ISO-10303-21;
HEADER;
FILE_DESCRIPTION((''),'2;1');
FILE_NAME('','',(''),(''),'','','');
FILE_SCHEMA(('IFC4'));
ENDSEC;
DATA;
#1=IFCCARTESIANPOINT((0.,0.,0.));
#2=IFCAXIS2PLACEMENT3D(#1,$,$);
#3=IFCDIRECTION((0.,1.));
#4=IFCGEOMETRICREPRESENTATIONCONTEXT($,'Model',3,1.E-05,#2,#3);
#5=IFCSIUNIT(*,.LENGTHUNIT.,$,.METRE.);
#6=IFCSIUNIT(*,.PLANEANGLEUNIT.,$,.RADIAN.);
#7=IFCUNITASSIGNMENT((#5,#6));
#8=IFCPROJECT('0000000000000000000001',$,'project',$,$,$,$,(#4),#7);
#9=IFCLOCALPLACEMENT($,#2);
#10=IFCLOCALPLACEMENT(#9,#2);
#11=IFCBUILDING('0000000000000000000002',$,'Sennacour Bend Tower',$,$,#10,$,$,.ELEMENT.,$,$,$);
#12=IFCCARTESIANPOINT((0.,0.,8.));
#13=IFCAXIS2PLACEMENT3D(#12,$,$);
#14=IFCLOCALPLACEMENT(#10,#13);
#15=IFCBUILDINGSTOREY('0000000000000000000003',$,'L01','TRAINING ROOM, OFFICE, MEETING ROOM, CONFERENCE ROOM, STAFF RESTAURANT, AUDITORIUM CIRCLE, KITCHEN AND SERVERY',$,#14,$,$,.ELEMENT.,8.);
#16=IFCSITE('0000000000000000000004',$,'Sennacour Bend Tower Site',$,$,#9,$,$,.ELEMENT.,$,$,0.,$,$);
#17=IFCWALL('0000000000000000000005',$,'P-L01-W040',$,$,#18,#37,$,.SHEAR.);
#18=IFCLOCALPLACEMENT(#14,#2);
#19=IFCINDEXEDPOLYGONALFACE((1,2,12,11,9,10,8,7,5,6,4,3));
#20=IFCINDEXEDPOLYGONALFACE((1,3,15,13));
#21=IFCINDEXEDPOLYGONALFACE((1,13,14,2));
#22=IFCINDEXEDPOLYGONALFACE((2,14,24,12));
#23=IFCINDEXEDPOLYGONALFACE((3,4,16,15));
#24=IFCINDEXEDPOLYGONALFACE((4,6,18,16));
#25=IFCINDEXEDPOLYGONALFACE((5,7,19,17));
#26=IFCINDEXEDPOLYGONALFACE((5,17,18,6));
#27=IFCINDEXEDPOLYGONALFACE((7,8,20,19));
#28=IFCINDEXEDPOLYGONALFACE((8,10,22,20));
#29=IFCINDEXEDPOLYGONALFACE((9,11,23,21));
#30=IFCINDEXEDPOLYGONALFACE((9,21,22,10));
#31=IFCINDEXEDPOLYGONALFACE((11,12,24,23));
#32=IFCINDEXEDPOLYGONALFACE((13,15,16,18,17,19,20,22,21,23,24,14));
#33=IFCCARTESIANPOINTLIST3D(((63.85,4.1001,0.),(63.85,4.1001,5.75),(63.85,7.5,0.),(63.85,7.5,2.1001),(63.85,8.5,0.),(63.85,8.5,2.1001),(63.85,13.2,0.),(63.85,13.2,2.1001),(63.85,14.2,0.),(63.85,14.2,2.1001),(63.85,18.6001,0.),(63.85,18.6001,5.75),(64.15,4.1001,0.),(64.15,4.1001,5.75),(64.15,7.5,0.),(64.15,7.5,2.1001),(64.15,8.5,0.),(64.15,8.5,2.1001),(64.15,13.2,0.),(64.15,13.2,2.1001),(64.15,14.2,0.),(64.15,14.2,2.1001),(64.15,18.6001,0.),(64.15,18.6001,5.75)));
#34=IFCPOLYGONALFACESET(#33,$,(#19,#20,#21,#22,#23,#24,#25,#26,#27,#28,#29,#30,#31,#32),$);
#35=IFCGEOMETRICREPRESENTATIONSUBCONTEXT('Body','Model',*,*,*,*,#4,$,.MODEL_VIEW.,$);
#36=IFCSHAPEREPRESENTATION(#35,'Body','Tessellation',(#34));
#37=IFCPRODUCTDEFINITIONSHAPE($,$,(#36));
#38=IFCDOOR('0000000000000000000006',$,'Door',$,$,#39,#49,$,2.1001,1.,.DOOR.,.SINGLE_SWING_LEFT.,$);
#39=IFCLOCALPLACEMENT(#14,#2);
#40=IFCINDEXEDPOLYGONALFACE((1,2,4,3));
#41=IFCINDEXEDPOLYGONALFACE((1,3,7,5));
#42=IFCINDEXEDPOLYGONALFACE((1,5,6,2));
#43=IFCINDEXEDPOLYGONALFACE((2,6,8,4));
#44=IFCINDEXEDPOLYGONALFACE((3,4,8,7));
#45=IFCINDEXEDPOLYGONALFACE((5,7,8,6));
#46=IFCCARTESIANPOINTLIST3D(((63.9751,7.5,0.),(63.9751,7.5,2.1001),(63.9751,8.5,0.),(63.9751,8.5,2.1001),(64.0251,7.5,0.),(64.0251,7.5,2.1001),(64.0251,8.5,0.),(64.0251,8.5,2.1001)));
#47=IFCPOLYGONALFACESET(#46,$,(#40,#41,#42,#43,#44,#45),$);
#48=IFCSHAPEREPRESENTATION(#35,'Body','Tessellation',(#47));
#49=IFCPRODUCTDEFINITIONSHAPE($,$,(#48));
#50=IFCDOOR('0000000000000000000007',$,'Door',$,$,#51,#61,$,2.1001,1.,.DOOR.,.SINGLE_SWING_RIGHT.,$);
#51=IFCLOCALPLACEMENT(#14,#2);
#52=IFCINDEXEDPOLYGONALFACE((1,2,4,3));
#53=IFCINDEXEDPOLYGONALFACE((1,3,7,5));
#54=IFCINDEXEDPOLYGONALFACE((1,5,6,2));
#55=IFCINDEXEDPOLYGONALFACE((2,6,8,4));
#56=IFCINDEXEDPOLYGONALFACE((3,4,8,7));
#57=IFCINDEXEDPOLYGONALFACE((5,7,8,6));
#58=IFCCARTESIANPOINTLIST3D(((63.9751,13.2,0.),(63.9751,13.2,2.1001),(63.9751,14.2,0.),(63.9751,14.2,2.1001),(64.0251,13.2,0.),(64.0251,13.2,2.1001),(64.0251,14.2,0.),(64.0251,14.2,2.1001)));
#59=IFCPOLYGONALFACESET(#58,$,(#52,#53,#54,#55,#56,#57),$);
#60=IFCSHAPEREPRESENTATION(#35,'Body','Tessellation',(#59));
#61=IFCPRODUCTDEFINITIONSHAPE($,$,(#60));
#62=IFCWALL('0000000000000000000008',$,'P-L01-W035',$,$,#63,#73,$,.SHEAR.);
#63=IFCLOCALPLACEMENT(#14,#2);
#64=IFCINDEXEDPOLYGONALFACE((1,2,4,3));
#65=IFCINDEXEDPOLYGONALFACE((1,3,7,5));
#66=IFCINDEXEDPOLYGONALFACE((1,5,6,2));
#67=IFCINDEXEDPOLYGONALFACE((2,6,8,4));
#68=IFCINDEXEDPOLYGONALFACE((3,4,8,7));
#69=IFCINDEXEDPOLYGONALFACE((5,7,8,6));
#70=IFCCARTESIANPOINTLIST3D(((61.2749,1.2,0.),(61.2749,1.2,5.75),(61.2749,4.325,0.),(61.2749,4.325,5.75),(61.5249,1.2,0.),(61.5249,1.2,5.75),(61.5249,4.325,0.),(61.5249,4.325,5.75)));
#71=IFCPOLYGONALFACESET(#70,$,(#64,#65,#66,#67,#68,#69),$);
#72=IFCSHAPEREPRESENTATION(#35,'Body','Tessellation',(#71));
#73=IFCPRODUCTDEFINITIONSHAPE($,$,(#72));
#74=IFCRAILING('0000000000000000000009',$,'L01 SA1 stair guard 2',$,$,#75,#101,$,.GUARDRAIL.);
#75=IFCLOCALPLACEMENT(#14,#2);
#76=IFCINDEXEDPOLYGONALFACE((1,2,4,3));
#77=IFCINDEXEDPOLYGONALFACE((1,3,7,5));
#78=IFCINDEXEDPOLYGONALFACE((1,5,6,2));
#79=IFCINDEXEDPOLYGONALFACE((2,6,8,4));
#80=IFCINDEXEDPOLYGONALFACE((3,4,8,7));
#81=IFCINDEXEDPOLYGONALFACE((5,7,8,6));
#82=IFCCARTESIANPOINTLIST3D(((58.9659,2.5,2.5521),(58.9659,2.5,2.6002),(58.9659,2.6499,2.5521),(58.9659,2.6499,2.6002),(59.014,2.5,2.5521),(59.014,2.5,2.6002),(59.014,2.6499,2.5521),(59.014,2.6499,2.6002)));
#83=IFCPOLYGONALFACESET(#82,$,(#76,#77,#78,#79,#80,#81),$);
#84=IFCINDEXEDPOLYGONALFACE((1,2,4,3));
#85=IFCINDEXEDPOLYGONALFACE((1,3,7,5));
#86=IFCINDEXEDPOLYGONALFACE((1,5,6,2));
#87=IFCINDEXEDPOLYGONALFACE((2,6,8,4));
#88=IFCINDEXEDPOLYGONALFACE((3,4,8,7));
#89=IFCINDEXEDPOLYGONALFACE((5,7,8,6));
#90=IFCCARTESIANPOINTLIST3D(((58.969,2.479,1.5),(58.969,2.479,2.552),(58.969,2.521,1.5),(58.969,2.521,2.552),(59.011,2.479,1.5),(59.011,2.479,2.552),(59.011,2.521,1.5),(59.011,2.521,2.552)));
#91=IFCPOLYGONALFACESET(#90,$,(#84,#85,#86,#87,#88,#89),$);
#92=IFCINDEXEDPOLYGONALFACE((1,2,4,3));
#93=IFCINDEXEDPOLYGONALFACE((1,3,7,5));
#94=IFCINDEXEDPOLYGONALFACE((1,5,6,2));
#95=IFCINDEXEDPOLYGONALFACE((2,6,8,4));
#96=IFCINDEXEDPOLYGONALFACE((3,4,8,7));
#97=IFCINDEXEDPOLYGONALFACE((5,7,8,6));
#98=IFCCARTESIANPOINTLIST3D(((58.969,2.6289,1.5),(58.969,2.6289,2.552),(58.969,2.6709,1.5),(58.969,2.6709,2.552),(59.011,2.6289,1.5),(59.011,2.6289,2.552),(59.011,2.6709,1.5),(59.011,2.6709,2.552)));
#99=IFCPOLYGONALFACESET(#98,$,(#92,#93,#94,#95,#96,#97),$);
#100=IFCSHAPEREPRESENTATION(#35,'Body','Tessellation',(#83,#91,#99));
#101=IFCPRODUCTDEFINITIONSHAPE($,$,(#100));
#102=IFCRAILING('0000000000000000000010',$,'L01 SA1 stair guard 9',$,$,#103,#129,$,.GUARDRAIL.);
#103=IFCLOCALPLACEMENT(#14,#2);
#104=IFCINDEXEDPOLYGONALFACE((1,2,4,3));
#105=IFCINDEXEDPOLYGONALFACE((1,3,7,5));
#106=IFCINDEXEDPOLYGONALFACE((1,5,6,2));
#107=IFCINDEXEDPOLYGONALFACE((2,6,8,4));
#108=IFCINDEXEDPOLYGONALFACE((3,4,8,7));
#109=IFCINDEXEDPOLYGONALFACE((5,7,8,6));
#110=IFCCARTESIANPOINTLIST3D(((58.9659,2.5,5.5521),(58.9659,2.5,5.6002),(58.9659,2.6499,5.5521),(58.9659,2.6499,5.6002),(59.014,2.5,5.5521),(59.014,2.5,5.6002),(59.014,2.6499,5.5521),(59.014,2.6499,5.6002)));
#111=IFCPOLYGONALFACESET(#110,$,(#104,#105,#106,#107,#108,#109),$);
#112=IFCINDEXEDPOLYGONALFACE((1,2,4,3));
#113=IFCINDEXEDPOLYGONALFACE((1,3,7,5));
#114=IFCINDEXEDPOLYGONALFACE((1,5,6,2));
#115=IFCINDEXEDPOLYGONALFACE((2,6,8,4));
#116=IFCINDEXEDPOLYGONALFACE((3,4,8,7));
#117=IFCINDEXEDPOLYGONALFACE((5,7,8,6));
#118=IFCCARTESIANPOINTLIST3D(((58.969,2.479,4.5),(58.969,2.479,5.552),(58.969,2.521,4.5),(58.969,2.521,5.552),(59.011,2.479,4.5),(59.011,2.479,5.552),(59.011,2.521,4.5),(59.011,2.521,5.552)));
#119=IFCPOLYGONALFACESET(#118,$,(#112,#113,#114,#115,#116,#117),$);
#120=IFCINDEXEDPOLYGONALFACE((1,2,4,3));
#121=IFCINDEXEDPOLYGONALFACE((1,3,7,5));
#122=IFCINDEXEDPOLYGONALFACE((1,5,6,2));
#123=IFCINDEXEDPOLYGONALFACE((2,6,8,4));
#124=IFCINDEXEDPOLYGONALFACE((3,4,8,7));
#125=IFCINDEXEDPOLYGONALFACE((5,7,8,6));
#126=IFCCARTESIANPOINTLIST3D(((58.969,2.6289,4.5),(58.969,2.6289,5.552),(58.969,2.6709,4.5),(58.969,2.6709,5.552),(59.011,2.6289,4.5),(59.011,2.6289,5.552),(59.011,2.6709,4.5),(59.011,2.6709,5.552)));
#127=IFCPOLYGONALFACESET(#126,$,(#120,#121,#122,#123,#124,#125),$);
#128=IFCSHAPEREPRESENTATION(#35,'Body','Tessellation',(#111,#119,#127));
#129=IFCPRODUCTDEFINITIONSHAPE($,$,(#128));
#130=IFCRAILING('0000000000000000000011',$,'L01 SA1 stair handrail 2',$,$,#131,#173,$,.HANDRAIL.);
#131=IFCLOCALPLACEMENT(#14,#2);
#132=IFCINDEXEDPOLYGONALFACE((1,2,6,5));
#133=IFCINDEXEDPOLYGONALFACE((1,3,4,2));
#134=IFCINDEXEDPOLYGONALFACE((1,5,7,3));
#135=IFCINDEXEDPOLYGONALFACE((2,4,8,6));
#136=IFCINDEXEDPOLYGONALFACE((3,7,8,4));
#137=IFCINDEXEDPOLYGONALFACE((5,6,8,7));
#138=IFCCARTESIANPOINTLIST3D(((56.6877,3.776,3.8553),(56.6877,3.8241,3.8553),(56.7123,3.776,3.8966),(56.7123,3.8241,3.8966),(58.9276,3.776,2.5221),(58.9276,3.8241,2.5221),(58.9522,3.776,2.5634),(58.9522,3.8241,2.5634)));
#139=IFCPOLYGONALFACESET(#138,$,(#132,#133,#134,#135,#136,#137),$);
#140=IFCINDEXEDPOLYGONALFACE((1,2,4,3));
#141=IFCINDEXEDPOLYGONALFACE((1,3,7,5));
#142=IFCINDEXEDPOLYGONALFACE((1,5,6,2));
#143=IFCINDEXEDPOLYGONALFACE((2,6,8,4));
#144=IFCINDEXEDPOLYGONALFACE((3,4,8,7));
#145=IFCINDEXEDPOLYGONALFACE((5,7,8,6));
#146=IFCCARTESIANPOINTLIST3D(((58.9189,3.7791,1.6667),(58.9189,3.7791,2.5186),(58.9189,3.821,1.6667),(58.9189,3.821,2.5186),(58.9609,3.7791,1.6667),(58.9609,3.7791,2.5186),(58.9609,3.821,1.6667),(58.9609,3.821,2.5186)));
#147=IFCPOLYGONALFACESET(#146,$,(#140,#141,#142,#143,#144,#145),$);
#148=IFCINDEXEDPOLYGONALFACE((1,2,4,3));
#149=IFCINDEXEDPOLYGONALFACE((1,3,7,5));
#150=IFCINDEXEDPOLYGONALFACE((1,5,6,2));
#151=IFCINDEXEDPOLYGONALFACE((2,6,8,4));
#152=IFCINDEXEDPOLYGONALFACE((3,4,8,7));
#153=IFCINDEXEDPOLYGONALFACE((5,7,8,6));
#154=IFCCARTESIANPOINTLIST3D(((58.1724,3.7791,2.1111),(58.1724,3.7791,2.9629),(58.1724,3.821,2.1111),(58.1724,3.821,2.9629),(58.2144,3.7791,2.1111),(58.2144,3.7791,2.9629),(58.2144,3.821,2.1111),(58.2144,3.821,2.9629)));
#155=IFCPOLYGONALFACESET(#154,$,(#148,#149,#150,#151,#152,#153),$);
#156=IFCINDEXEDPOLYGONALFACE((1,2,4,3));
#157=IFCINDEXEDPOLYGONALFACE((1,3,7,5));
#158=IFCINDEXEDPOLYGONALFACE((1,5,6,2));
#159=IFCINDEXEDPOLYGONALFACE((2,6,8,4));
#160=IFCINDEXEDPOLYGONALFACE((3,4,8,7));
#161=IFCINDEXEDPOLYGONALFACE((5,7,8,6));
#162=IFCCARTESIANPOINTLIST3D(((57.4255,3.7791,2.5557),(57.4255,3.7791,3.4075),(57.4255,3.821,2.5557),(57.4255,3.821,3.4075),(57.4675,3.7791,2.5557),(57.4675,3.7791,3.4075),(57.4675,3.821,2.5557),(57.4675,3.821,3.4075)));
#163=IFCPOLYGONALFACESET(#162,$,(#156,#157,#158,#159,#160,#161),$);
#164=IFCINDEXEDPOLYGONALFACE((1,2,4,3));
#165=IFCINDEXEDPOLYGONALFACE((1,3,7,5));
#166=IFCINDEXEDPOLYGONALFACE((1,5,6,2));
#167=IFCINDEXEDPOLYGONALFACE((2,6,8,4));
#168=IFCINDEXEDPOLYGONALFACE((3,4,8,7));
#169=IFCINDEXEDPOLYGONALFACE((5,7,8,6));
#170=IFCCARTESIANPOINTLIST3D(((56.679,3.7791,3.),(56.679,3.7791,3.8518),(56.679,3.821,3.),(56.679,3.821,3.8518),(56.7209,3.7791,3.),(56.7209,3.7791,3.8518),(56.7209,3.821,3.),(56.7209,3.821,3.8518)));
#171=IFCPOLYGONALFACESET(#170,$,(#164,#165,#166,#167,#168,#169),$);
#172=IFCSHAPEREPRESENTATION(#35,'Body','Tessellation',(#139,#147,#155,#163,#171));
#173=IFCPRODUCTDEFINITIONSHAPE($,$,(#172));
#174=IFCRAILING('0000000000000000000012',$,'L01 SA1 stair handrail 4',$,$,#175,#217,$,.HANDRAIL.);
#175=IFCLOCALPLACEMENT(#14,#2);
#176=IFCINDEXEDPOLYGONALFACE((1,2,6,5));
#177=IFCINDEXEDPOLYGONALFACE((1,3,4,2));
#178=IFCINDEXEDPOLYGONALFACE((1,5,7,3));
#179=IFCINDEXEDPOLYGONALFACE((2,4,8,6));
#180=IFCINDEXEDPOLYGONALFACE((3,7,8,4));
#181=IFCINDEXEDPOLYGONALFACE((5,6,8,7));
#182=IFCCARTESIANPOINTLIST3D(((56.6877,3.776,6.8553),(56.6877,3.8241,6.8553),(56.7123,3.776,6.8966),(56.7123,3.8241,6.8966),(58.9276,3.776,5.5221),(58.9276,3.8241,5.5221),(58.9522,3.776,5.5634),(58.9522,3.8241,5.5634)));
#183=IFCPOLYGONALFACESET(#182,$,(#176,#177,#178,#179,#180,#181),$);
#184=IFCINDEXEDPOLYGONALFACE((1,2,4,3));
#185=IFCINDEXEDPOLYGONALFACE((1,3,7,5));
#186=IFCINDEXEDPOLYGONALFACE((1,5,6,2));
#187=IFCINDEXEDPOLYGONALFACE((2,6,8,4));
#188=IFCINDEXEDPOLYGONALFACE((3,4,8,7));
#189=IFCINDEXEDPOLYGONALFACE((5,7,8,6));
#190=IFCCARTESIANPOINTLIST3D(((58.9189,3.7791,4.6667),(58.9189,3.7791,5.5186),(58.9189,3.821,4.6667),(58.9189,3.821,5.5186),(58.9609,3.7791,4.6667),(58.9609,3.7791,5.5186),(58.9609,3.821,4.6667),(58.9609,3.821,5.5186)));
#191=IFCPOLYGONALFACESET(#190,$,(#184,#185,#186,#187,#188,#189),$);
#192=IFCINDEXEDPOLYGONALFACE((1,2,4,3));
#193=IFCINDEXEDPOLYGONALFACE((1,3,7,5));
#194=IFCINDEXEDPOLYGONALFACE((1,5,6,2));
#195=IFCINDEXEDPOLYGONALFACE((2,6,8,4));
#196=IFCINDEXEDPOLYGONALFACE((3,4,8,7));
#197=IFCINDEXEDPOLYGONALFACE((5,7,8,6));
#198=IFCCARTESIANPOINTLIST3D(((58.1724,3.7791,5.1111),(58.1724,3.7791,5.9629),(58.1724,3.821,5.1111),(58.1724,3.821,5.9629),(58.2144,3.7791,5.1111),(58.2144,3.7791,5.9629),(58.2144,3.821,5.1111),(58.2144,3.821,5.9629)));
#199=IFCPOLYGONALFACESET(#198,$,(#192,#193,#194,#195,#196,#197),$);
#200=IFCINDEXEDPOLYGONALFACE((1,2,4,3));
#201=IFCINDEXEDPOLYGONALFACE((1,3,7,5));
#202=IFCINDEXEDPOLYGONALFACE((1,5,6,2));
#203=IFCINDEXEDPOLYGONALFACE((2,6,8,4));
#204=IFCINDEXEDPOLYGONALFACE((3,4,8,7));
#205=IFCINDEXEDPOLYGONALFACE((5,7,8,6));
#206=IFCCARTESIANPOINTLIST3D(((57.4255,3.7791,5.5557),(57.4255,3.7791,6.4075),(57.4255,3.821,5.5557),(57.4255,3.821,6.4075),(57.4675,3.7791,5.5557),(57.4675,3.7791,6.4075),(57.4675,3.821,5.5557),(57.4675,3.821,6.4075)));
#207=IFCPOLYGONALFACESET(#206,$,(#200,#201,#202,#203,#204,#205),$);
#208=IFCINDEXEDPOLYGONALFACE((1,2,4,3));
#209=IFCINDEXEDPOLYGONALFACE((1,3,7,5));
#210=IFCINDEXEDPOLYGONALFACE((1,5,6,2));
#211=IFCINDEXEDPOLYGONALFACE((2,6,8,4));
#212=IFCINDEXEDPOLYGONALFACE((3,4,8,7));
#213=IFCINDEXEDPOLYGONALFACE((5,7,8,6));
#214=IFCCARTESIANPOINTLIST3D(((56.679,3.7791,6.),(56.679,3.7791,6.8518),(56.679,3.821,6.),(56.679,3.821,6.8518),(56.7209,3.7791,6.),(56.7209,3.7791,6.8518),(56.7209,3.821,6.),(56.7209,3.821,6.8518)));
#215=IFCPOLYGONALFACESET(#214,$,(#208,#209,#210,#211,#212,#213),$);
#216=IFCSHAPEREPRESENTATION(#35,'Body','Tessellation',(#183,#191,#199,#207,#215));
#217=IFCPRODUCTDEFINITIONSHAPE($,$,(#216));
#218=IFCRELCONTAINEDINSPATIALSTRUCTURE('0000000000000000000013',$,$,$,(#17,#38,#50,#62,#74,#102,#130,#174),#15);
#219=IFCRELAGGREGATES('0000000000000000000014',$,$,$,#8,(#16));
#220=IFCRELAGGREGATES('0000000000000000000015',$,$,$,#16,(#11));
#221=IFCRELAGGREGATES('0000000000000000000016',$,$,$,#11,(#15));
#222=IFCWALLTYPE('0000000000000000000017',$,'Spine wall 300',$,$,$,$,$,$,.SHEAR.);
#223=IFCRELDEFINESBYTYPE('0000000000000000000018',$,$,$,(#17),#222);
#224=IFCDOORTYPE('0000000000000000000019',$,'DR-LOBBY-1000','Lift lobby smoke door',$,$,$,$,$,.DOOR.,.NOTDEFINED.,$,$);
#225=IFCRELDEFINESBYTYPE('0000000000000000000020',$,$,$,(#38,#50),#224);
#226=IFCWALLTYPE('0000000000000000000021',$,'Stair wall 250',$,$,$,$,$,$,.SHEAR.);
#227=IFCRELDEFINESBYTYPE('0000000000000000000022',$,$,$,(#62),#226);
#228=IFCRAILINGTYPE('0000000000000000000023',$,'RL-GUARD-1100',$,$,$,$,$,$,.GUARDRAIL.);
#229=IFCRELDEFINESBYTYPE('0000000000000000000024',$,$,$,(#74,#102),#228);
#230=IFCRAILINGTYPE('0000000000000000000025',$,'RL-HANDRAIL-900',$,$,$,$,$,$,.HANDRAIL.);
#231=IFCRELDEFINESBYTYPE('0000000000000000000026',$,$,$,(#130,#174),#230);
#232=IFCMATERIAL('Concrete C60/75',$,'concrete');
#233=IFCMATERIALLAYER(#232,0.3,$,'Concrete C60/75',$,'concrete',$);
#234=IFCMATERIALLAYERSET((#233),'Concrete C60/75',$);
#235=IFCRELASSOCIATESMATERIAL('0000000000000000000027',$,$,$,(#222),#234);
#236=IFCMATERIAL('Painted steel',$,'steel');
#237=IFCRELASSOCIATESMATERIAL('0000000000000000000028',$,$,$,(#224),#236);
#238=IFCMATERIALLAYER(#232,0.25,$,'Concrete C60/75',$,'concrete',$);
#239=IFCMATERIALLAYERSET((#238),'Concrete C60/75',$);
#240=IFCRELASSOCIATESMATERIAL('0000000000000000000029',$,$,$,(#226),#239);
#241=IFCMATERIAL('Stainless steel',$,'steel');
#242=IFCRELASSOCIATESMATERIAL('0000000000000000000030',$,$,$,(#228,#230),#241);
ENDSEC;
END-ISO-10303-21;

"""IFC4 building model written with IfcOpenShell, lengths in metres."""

from ifc_helpers import new_model, si_unit, direction, frame, frame_2d, origin, origin_2d, place, context, subcontext, project, spatial, rectangle, extrude, material, layer, layer_set, type_object, element, fill, save


model = new_model("IFC4")

# Units and contexts
model_context = context("Model", 3, precision=1e-05, world=origin(), true_north=direction((0.0, 1.0)))
body_context = subcontext(model_context, "Body", "Model", "MODEL_VIEW")
ifc_project = project(units=[si_unit("LENGTHUNIT", "METRE"), si_unit("PLANEANGLEUNIT", "RADIAN")], contexts=[model_context])

# Site, building, storey
site_placement = place(None, origin())
site = spatial("IfcSite", under=ifc_project, at=site_placement, Name="Sennacour Bend Tower Site", CompositionType="ELEMENT", RefElevation=0.0)
building_placement = place(site_placement, origin())
building = spatial("IfcBuilding", under=site, at=building_placement, Name="Sennacour Bend Tower", CompositionType="ELEMENT")
storey_placement = place(building_placement, frame((0.0, 0.0, 8.0)))
storey = spatial("IfcBuildingStorey", under=building, at=storey_placement, Name="L01", Description="TRAINING ROOM, OFFICE, MEETING ROOM, CONFERENCE ROOM, STAFF RESTAURANT, AUDITORIUM CIRCLE, KITCHEN AND SERVERY", CompositionType="ELEMENT", Elevation=8.0)

# Shared definitions
ifc_material_1 = material(Name="Painted steel", Category="steel")

# Shared definitions
ifc_material_2 = material(Name="Stainless steel", Category="steel")

# Wall, openings, doors
ifc_material_3 = material(Name="Concrete C60/75", Category="concrete")
ifc_layer_1 = layer(ifc_material_3, 0.3, Name="Concrete C60/75", Category="concrete")
ifc_layer_set_1 = layer_set([ifc_layer_1], Name="Concrete C60/75")
wall_type_1 = type_object("IfcWallType", Name="Spine wall 300", PredefinedType="SHEAR", material=ifc_layer_set_1)
wall_1_placement = place(storey_placement, frame((64.0, 4.1001, 0.0), z_axis=(0.0, 0.0, 1.0), x_axis=(0.0, 1.0, 0.0)))
wall_1 = element("IfcWall", 1, at=wall_1_placement, inside=storey, type_object=wall_type_1, Name="P-L01-W040", PredefinedType="SHEAR", context=body_context, shape_type="SweptSolid", body=[
    extrude(rectangle(XDim=14.5, YDim=0.3, at=frame_2d((7.25, 0.0))), origin(), (0.0, 0.0, 1.0), 5.75),
])
opening_1_placement = place(wall_1_placement, frame((3.3999, 0.0, 0.0)))
opening_1 = element("IfcOpeningElement", 2, at=opening_1_placement, cuts=wall_1, PredefinedType="OPENING", context=body_context, shape_type="SweptSolid", body=[
    extrude(rectangle(XDim=1.0, YDim=2.1001, at=frame_2d((0.5, 1.05))), frame((0.0, 0.1602, 0.0), z_axis=(0.0, -1.0, 0.0), x_axis=(1.0, 0.0, 0.0)), (0.0, 0.0, 1.0), 0.3201),
])
opening_2_placement = place(wall_1_placement, frame((9.0999, 0.0, 0.0)))
opening_2 = element("IfcOpeningElement", 3, at=opening_2_placement, cuts=wall_1, PredefinedType="OPENING", context=body_context, shape_type="SweptSolid", body=[
    extrude(rectangle(XDim=1.0, YDim=2.1001, at=frame_2d((0.5, 1.05))), frame((0.0, 0.1602, 0.0), z_axis=(0.0, -1.0, 0.0), x_axis=(1.0, 0.0, 0.0)), (0.0, 0.0, 1.0), 0.3201),
])
door_type_1 = type_object("IfcDoorType", Name="DR-LOBBY-1000", Description="Lift lobby smoke door", OperationType="NOTDEFINED", PredefinedType="DOOR", material=ifc_material_1)
door_1_placement = place(opening_1_placement, origin())
door_1 = element("IfcDoor", 4, at=door_1_placement, inside=storey, type_object=door_type_1, Name="Door", OperationType="SINGLE_SWING_LEFT", OverallHeight=2.1001, OverallWidth=1.0, PredefinedType="DOOR", context=body_context, shape_type="SweptSolid", body=[
    extrude(rectangle(XDim=1.0, YDim=2.1001, at=frame_2d((0.5, 1.05))), frame((0.0, 0.0249, 0.0), z_axis=(0.0, -1.0, 0.0), x_axis=(1.0, 0.0, 0.0)), (0.0, 0.0, 1.0), 0.05),
])
fill(opening_1, door_1)
door_2_placement = place(opening_2_placement, origin())
door_2 = element("IfcDoor", 5, at=door_2_placement, inside=storey, type_object=door_type_1, Name="Door", OperationType="SINGLE_SWING_RIGHT", OverallHeight=2.1001, OverallWidth=1.0, PredefinedType="DOOR", context=body_context, shape_type="SweptSolid", body=[
    extrude(rectangle(XDim=1.0, YDim=2.1001, at=frame_2d((0.5, 1.05))), frame((0.0, 0.0249, 0.0), z_axis=(0.0, -1.0, 0.0), x_axis=(1.0, 0.0, 0.0)), (0.0, 0.0, 1.0), 0.05),
])
fill(opening_2, door_2)

# Wall
ifc_layer_2 = layer(ifc_material_3, 0.25, Name="Concrete C60/75", Category="concrete")
ifc_layer_set_2 = layer_set([ifc_layer_2], Name="Concrete C60/75")
wall_type_2 = type_object("IfcWallType", Name="Stair wall 250", PredefinedType="SHEAR", material=ifc_layer_set_2)
wall_2_placement = place(storey_placement, frame((61.3999, 1.2, 0.0), z_axis=(0.0, 0.0, 1.0), x_axis=(0.0, 1.0, 0.0)))
element("IfcWall", 6, at=wall_2_placement, inside=storey, type_object=wall_type_2, Name="P-L01-W035", PredefinedType="SHEAR", context=body_context, shape_type="SweptSolid", body=[
    extrude(rectangle(XDim=3.125, YDim=0.25, at=frame_2d((1.5625, 0.0))), origin(), (0.0, 0.0, 1.0), 5.75),
])

# Railings
railing_type_1 = type_object("IfcRailingType", Name="RL-GUARD-1100", PredefinedType="GUARDRAIL", material=ifc_material_2)
for number, where, name in (
    (7, (58.99, 2.5, 1.5), "L01 SA1 stair guard 2"),
    (8, (58.99, 2.5, 4.5), "L01 SA1 stair guard 9"),
):
    element("IfcRailing", number, at=place(storey_placement, frame(where)), inside=storey, type_object=railing_type_1, Name=name, PredefinedType="GUARDRAIL", context=body_context, shape_type="SweptSolid", body=[
        extrude(rectangle(XDim=0.0481, YDim=0.0481, at=origin_2d()), frame((0.0, 0.0, 1.0762), z_axis=(0.0, 1.0, 0.0), x_axis=(-1.0, 0.0, 0.0)), (0.0, 0.0, 1.0), 0.1499),
        extrude(rectangle(XDim=0.042, YDim=0.042, at=origin_2d()), origin(), (0.0, 0.0, 1.0), 1.052),
        extrude(rectangle(XDim=0.042, YDim=0.042, at=origin_2d()), frame((0.0, 0.1499, 0.0)), (0.0, 0.0, 1.0), 1.052),
    ])
railing_type_2 = type_object("IfcRailingType", Name="RL-HANDRAIL-900", PredefinedType="HANDRAIL", material=ifc_material_2)
for number, where, name in (
    (9, (58.9399, 3.8, 1.6667), "L01 SA1 stair handrail 2"),
    (10, (58.9399, 3.8, 4.6667), "L01 SA1 stair handrail 4"),
):
    element("IfcRailing", number, at=place(storey_placement, frame(where)), inside=storey, type_object=railing_type_2, Name=name, PredefinedType="HANDRAIL", context=body_context, shape_type="SweptSolid", body=[
        extrude(rectangle(XDim=0.0481, YDim=0.0481, at=origin_2d()), frame((0.0, 0.0, 0.876), z_axis=(-0.859306, 0.0, 0.511462), x_axis=(0.0, -1.0, 0.0)), (0.0, 0.0, 1.0), 2.6067),
        extrude(rectangle(XDim=0.042, YDim=0.042, at=origin_2d()), origin(), (0.0, 0.0, 1.0), 0.8518),
        extrude(rectangle(XDim=0.042, YDim=0.042, at=origin_2d()), frame((-0.7466, 0.0, 0.4443)), (0.0, 0.0, 1.0), 0.8518),
        extrude(rectangle(XDim=0.042, YDim=0.042, at=origin_2d()), frame((-1.4934, 0.0, 0.8889)), (0.0, 0.0, 1.0), 0.8518),
        extrude(rectangle(XDim=0.042, YDim=0.042, at=origin_2d()), frame((-2.24, 0.0, 1.3333)), (0.0, 0.0, 1.0), 0.8518),
    ])

save(model, "model.ifc")
